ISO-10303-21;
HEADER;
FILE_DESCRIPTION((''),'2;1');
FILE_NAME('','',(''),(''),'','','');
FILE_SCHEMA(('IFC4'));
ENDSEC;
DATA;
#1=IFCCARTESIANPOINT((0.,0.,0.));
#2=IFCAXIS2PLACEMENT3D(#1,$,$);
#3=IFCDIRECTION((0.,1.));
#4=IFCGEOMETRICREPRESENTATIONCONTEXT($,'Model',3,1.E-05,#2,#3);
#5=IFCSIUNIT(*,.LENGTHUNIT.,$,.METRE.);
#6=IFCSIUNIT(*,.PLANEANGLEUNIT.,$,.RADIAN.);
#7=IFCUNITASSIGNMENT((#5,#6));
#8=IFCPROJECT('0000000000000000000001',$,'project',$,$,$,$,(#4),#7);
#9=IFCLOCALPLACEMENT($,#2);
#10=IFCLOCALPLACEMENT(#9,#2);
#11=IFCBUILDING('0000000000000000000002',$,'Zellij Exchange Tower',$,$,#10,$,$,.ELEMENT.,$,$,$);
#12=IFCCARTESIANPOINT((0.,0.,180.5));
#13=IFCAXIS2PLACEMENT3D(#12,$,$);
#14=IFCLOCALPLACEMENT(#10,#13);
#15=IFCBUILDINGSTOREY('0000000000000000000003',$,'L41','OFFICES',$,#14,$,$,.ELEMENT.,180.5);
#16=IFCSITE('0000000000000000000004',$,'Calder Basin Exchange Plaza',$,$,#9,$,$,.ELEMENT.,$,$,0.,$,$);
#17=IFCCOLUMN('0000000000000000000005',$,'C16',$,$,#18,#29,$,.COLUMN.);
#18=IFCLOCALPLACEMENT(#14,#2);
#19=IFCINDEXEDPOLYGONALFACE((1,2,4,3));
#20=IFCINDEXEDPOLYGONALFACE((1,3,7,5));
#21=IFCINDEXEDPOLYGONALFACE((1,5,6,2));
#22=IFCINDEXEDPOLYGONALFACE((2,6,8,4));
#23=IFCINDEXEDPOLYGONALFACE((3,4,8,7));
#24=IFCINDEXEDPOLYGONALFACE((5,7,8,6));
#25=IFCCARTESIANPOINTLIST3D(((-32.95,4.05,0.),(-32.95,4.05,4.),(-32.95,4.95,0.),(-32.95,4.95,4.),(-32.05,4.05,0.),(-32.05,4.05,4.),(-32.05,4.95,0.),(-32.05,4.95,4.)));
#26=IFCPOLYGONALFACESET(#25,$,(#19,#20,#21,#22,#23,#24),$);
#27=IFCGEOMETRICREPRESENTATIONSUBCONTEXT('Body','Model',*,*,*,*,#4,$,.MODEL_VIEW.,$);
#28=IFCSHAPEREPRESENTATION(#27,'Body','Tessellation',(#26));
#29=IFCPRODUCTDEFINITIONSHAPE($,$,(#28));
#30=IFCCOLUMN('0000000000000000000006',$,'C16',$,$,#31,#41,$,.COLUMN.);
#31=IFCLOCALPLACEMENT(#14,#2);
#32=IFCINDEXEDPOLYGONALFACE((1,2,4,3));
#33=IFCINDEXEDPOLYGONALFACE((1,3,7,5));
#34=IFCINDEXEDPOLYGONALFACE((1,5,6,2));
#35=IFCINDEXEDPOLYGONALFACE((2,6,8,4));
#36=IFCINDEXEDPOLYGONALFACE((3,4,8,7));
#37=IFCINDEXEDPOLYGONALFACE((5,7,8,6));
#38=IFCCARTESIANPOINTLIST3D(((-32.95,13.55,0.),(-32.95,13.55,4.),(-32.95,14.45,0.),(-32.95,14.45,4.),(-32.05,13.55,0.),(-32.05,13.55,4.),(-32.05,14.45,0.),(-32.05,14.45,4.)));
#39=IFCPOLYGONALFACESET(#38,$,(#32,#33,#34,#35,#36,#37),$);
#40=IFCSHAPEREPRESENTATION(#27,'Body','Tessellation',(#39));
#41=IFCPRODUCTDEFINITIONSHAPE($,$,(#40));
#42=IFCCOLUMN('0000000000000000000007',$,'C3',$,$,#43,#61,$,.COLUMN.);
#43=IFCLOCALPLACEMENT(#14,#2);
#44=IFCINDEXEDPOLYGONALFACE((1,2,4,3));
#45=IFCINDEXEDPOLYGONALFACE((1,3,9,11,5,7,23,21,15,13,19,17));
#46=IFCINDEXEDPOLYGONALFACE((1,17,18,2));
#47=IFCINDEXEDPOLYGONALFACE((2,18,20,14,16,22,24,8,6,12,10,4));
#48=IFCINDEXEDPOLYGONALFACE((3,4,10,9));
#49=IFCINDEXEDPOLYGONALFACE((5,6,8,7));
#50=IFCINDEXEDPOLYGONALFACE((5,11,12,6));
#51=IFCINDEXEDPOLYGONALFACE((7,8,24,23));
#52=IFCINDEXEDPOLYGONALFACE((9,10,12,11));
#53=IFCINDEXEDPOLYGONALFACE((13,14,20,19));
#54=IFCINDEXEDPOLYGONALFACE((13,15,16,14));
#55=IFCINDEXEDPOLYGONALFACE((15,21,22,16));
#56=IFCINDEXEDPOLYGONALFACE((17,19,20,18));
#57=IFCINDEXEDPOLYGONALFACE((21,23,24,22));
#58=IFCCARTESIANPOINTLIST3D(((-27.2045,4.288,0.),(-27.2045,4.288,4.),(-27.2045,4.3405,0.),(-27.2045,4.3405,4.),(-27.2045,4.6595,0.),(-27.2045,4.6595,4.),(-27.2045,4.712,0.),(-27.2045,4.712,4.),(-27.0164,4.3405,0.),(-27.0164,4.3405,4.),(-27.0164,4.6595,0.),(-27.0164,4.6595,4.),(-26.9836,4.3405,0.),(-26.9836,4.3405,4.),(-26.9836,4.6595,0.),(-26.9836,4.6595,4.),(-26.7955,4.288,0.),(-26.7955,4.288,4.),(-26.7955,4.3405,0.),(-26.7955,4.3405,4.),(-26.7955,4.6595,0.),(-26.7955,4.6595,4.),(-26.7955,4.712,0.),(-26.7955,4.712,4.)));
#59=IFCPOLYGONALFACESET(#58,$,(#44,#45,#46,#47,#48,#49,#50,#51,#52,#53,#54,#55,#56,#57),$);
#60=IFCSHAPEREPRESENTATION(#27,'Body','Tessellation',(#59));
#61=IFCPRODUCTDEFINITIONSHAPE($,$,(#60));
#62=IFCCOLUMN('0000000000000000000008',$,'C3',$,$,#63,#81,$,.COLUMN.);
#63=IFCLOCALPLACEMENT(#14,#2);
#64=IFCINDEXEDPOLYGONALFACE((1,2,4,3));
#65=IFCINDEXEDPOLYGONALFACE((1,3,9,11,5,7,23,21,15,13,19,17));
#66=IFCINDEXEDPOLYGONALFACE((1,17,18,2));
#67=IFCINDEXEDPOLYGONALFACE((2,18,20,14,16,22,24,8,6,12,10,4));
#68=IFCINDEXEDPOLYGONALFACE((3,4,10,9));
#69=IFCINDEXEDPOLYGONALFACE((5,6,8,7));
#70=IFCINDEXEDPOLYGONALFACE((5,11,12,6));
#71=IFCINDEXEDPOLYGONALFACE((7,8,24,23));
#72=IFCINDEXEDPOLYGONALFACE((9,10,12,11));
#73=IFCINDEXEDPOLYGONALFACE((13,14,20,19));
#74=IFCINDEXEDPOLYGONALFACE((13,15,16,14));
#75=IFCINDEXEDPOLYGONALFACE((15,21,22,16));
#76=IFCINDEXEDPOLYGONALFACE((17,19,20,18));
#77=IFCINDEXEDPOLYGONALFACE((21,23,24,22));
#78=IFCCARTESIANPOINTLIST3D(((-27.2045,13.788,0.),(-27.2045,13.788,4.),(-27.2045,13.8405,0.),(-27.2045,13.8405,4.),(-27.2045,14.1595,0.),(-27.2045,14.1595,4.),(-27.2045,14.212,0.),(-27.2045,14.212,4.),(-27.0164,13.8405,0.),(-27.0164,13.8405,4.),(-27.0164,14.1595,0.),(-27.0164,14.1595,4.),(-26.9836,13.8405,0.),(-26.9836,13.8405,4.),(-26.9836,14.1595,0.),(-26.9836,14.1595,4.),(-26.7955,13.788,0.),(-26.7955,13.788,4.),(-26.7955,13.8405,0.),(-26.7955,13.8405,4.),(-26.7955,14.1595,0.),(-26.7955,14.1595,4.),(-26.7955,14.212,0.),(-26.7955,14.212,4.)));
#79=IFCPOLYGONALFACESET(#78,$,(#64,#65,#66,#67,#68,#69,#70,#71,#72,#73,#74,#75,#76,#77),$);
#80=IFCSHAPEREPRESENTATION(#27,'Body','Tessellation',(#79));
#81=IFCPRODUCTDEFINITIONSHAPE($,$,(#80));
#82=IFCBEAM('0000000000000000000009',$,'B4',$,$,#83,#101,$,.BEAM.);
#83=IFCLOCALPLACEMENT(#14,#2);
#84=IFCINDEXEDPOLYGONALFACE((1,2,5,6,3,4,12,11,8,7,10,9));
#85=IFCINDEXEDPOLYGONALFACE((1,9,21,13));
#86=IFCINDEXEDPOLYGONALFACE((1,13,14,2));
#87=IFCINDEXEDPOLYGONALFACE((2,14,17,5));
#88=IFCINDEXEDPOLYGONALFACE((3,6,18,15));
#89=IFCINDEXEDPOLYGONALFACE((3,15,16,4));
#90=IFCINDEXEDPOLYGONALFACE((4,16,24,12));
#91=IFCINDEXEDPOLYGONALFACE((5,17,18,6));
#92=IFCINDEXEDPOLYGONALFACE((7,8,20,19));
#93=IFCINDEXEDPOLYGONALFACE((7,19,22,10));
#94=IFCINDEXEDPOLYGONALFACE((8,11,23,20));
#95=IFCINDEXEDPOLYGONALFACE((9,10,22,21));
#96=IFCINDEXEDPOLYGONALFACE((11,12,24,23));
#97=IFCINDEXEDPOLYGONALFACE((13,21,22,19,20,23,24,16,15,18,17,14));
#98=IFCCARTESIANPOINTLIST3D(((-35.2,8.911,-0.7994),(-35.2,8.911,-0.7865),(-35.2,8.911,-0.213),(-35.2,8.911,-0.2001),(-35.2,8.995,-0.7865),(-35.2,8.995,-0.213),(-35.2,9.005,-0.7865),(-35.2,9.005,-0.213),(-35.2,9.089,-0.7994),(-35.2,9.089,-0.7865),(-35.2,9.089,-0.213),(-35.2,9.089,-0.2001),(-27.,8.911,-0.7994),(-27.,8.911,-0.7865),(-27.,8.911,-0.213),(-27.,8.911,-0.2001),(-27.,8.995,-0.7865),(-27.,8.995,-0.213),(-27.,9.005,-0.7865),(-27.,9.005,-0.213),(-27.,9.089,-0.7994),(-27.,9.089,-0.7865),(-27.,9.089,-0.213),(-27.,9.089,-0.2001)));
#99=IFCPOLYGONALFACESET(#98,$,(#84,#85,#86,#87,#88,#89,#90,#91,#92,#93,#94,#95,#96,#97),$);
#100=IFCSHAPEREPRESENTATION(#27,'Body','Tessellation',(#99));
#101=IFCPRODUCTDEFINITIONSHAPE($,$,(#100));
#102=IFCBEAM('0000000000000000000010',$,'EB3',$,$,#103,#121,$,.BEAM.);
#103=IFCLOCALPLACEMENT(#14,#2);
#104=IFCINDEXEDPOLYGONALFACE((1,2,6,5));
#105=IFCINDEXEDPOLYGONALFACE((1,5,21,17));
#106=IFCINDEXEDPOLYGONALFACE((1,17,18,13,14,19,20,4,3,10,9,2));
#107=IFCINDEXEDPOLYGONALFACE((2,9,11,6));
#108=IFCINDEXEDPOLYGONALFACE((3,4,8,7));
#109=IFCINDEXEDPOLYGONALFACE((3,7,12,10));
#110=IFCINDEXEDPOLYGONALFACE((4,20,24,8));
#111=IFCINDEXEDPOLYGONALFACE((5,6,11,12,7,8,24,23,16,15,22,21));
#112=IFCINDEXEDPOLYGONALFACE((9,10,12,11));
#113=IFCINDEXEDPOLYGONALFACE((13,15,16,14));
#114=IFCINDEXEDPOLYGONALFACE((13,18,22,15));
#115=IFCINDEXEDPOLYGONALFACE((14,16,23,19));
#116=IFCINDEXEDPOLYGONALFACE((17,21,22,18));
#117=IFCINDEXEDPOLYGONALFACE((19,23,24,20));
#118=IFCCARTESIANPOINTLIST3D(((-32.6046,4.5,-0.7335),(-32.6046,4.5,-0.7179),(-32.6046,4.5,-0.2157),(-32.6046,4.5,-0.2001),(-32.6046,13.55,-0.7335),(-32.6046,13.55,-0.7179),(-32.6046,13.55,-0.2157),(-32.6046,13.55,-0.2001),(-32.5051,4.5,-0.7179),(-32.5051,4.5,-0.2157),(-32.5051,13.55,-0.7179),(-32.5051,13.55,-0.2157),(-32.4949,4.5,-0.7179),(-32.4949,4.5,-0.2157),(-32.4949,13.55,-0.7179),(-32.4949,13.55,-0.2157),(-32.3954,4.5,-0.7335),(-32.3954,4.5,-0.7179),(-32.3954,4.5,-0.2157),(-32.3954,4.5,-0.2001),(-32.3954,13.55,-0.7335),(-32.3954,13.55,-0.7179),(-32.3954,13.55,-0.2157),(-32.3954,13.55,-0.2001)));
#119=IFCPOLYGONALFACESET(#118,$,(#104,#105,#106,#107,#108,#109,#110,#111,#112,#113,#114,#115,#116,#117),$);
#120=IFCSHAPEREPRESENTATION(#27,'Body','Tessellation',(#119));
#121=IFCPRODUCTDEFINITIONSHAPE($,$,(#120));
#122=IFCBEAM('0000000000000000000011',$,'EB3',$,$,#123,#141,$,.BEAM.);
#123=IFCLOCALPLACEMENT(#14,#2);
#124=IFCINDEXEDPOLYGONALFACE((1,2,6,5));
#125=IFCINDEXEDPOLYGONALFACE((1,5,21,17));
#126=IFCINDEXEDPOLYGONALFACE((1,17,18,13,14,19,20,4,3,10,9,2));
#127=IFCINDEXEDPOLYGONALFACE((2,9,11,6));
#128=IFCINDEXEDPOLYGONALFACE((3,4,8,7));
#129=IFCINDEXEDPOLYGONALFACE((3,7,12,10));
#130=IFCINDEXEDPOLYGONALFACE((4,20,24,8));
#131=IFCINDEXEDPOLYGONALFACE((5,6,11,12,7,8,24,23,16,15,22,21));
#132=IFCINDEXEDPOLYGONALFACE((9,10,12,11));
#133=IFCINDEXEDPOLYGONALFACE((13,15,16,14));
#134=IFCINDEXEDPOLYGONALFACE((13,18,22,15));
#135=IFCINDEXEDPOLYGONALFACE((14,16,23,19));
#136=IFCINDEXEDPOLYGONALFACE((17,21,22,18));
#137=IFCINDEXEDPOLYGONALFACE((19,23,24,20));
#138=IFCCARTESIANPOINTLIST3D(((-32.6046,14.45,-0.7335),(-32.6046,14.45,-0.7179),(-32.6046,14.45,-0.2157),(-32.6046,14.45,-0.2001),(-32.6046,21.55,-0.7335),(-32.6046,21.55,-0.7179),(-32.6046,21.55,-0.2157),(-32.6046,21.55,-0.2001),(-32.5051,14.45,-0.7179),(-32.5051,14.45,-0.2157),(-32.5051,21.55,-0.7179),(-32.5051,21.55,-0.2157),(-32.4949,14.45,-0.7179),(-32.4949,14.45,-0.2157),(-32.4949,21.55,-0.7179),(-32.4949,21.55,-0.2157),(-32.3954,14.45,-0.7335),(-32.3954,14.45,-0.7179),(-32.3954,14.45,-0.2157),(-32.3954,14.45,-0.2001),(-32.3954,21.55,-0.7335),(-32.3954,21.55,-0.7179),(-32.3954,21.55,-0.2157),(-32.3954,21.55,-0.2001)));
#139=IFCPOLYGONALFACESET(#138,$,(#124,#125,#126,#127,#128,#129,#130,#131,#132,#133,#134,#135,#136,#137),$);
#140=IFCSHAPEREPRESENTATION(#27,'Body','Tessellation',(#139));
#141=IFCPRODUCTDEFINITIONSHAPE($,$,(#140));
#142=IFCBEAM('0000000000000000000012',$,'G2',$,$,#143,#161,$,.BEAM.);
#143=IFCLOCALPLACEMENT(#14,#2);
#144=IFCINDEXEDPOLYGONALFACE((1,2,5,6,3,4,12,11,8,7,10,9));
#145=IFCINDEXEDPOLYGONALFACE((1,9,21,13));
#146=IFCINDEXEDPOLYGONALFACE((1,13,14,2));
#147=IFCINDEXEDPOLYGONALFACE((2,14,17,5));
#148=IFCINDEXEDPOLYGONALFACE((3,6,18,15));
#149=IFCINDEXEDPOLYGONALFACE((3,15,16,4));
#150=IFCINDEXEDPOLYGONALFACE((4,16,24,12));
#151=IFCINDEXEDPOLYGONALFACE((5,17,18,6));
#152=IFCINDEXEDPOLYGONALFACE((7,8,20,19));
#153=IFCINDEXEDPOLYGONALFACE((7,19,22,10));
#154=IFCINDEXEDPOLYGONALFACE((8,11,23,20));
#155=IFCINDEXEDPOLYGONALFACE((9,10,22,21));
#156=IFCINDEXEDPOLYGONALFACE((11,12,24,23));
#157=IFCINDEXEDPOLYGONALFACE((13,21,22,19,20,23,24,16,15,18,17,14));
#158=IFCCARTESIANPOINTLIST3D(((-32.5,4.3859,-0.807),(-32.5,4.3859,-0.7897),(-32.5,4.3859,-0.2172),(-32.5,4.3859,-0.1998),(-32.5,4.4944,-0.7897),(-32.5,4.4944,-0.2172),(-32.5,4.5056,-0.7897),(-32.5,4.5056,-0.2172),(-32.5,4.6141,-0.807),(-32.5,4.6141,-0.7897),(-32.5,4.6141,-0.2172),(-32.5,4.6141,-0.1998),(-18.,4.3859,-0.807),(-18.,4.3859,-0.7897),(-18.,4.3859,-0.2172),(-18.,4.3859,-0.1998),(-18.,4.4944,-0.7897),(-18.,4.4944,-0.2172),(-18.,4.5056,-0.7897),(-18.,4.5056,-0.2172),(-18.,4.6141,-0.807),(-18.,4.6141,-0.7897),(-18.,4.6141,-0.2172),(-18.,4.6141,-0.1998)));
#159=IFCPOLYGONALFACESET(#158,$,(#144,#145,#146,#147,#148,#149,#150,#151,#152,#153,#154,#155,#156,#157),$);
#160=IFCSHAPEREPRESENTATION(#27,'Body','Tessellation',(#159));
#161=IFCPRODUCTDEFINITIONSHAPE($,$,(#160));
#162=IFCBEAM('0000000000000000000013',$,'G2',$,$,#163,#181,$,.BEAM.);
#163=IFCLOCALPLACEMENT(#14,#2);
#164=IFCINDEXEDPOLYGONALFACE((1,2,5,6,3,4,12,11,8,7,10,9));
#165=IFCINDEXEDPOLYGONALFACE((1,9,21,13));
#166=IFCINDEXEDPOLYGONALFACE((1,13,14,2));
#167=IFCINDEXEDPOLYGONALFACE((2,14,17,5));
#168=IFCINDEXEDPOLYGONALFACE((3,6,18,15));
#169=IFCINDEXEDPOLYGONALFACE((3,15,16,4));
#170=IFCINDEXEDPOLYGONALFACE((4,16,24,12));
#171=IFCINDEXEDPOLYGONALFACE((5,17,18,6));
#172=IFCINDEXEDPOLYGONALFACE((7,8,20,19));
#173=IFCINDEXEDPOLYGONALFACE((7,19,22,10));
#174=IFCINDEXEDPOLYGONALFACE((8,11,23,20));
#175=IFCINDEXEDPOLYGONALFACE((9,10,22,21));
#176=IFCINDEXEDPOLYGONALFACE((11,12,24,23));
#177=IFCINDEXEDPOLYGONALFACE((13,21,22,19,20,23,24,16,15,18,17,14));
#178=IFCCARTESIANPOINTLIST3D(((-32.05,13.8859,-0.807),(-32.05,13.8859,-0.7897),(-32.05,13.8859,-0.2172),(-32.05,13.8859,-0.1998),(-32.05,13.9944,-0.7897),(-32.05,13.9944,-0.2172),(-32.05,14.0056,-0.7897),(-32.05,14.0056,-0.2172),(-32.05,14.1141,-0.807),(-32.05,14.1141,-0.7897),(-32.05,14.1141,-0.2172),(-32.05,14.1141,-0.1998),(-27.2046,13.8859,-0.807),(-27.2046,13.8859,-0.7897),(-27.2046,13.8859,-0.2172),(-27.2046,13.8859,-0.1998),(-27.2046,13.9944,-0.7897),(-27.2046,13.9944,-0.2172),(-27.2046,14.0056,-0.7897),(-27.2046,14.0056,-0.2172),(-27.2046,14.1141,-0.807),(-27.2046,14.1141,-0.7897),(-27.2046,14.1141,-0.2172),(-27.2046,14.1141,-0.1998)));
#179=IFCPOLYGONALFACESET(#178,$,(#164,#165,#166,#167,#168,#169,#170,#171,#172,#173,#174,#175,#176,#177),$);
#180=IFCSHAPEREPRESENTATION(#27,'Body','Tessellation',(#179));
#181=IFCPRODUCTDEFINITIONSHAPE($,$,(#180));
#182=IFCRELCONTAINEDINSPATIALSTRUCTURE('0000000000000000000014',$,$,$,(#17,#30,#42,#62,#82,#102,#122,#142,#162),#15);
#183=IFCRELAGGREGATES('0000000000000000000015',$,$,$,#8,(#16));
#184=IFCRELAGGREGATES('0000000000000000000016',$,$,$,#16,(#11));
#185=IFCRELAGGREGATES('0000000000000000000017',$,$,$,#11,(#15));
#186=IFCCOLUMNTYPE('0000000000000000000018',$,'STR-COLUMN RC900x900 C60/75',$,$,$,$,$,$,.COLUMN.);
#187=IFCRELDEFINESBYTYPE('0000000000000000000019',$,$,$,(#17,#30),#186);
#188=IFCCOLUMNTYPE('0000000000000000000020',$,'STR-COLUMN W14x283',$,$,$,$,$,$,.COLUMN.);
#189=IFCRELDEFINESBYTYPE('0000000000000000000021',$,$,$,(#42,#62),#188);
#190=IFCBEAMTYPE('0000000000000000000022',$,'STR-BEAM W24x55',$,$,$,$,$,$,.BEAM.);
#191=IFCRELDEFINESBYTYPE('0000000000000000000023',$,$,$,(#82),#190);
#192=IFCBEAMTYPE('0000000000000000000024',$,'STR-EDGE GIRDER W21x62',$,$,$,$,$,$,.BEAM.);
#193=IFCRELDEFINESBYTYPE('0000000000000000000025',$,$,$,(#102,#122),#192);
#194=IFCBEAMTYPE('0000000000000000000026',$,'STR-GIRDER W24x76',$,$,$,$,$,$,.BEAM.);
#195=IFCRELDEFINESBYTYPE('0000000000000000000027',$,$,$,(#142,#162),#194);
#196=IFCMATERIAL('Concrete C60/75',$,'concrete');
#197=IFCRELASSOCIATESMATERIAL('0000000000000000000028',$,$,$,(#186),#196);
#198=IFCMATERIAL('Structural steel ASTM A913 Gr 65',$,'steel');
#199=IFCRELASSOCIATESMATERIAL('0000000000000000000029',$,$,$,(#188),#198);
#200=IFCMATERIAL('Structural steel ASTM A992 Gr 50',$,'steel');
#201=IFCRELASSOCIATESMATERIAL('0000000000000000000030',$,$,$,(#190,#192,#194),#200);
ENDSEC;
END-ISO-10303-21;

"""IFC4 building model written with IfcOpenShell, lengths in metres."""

from ifc_helpers import new_model, si_unit, direction, frame, origin, origin_2d, place, context, subcontext, project, spatial, rectangle, i_section, extrude, material, material_profile, profile_set, type_object, element, save


model = new_model("IFC4")

# Units and contexts
model_context = context("Model", 3, precision=1e-05, world=origin(), true_north=direction((0.0, 1.0)))
body_context = subcontext(model_context, "Body", "Model", "MODEL_VIEW")
ifc_project = project(units=[si_unit("LENGTHUNIT", "METRE"), si_unit("PLANEANGLEUNIT", "RADIAN")], contexts=[model_context])

# Site, building, storey
site_placement = place(None, origin())
site = spatial("IfcSite", under=ifc_project, at=site_placement, Name="Calder Basin Exchange Plaza", CompositionType="ELEMENT", RefElevation=0.0)
building_placement = place(site_placement, origin())
building = spatial("IfcBuilding", under=site, at=building_placement, Name="Zellij Exchange Tower", CompositionType="ELEMENT")
storey_placement = place(building_placement, frame((0.0, 0.0, 180.5)))
storey = spatial("IfcBuildingStorey", under=building, at=storey_placement, Name="L41", Description="OFFICES", CompositionType="ELEMENT", Elevation=180.5)

# Columns
ifc_material_1 = material(Name="Concrete C60/75", Category="concrete")
ifc_material_profile_1 = material_profile(ifc_material_1, rectangle(XDim=0.8999, YDim=0.8999, at=origin_2d()), Name="STR-COLUMN RC900x900 C60/75")
ifc_profile_set_1 = profile_set([ifc_material_profile_1], Name="Concrete C60/75")
column_type_1 = type_object("IfcColumnType", Name="STR-COLUMN RC900x900 C60/75", PredefinedType="COLUMN", material=ifc_profile_set_1)
for number, where, z_axis, x_axis, name in (
    (1, (-32.5, 4.5, 0.0), (0.0, 0.0, 1.0), (1.0, 0.0, 0.0), "C16"),
    (2, (-32.5, 14.0, 0.0), (0.0, 0.0, 1.0), (1.0, 0.0, 0.0), "C16"),
):
    element("IfcColumn", number, at=place(storey_placement, frame(where, z_axis=z_axis, x_axis=x_axis)), inside=storey, type_object=column_type_1, Name=name, PredefinedType="COLUMN", context=body_context, shape_type="SweptSolid", body=[
        extrude(rectangle(XDim=0.8999, YDim=0.8999, at=origin_2d()), origin(), (0.0, 0.0, 1.0), 4.0),
    ])
ifc_material_2 = material(Name="Structural steel ASTM A913 Gr 65", Category="steel")
ifc_material_profile_2 = material_profile(ifc_material_2, i_section(OverallWidth=0.4089, OverallDepth=0.4241, WebThickness=0.0327, FlangeThickness=0.0525, at=origin_2d()), Name="W14x283")
ifc_profile_set_2 = profile_set([ifc_material_profile_2], Name="Structural steel ASTM A913 Gr 65")
column_type_2 = type_object("IfcColumnType", Name="STR-COLUMN W14x283", PredefinedType="COLUMN", material=ifc_profile_set_2)
for number, where, z_axis, x_axis, name in (
    (3, (-27.0, 4.5, 0.0), (0.0, 0.0, 1.0), (1.0, 0.0, 0.0), "C3"),
    (4, (-27.0, 14.0, 0.0), (0.0, 0.0, 1.0), (1.0, 0.0, 0.0), "C3"),
):
    element("IfcColumn", number, at=place(storey_placement, frame(where, z_axis=z_axis, x_axis=x_axis)), inside=storey, type_object=column_type_2, Name=name, PredefinedType="COLUMN", context=body_context, shape_type="SweptSolid", body=[
        extrude(i_section(OverallWidth=0.4089, OverallDepth=0.4241, WebThickness=0.0327, FlangeThickness=0.0525, at=origin_2d()), origin(), (0.0, 0.0, 1.0), 4.0),
    ])

# Beams
ifc_material_3 = material(Name="Structural steel ASTM A992 Gr 50", Category="steel")
ifc_material_profile_3 = material_profile(ifc_material_3, i_section(OverallWidth=0.178, OverallDepth=0.5994, WebThickness=0.01, FlangeThickness=0.0129, at=origin_2d()), Name="W24x55")
ifc_profile_set_3 = profile_set([ifc_material_profile_3], Name="Structural steel ASTM A992 Gr 50")
beam_type_1 = type_object("IfcBeamType", Name="STR-BEAM W24x55", PredefinedType="BEAM", material=ifc_profile_set_3)
beam_1_placement = place(storey_placement, frame((-35.2, 9.0, -0.4998), z_axis=(1.0, 0.0, 0.0), x_axis=(0.0, 1.0, 0.0)))
element("IfcBeam", 5, at=beam_1_placement, inside=storey, type_object=beam_type_1, Name="B4", PredefinedType="BEAM", context=body_context, shape_type="SweptSolid", body=[
    extrude(i_section(OverallWidth=0.178, OverallDepth=0.5994, WebThickness=0.01, FlangeThickness=0.0129, at=origin_2d()), origin(), (0.0, 0.0, 1.0), 8.2),
])
ifc_material_profile_4 = material_profile(ifc_material_3, i_section(OverallWidth=0.2092, OverallDepth=0.5334, WebThickness=0.0103, FlangeThickness=0.0156, at=origin_2d()), Name="W21x62")
ifc_profile_set_4 = profile_set([ifc_material_profile_4], Name="Structural steel ASTM A992 Gr 50")
beam_type_2 = type_object("IfcBeamType", Name="STR-EDGE GIRDER W21x62", PredefinedType="BEAM", material=ifc_profile_set_4)
beam_2_placement = place(storey_placement, frame((-32.5, 4.5, -0.4668), z_axis=(0.0, 1.0, 0.0), x_axis=(-1.0, 0.0, 0.0)))
element("IfcBeam", 6, at=beam_2_placement, inside=storey, type_object=beam_type_2, Name="EB3", PredefinedType="BEAM", context=body_context, shape_type="SweptSolid", body=[
    extrude(i_section(OverallWidth=0.2092, OverallDepth=0.5334, WebThickness=0.0103, FlangeThickness=0.0156, at=origin_2d()), origin(), (0.0, 0.0, 1.0), 9.05),
])
beam_3_placement = place(storey_placement, frame((-32.5, 14.45, -0.4668), z_axis=(0.0, 1.0, 0.0), x_axis=(-1.0, 0.0, 0.0)))
element("IfcBeam", 7, at=beam_3_placement, inside=storey, type_object=beam_type_2, Name="EB3", PredefinedType="BEAM", context=body_context, shape_type="SweptSolid", body=[
    extrude(i_section(OverallWidth=0.2092, OverallDepth=0.5334, WebThickness=0.0103, FlangeThickness=0.0156, at=origin_2d()), origin(), (0.0, 0.0, 1.0), 7.1001),
])
ifc_material_profile_5 = material_profile(ifc_material_3, i_section(OverallWidth=0.2283, OverallDepth=0.6072, WebThickness=0.0112, FlangeThickness=0.0173, at=origin_2d()), Name="W24x76")
ifc_profile_set_5 = profile_set([ifc_material_profile_5], Name="Structural steel ASTM A992 Gr 50")
beam_type_3 = type_object("IfcBeamType", Name="STR-GIRDER W24x76", PredefinedType="BEAM", material=ifc_profile_set_5)
beam_4_placement = place(storey_placement, frame((-32.5, 4.5, -0.5034), z_axis=(1.0, 0.0, 0.0), x_axis=(0.0, 1.0, 0.0)))
element("IfcBeam", 8, at=beam_4_placement, inside=storey, type_object=beam_type_3, Name="G2", PredefinedType="BEAM", context=body_context, shape_type="SweptSolid", body=[
    extrude(i_section(OverallWidth=0.2283, OverallDepth=0.6072, WebThickness=0.0112, FlangeThickness=0.0173, at=origin_2d()), origin(), (0.0, 0.0, 1.0), 14.5),
])
beam_5_placement = place(storey_placement, frame((-32.05, 14.0, -0.5034), z_axis=(1.0, 0.0, 0.0), x_axis=(0.0, 1.0, 0.0)))
element("IfcBeam", 9, at=beam_5_placement, inside=storey, type_object=beam_type_3, Name="G2", PredefinedType="BEAM", context=body_context, shape_type="SweptSolid", body=[
    extrude(i_section(OverallWidth=0.2283, OverallDepth=0.6072, WebThickness=0.0112, FlangeThickness=0.0173, at=origin_2d()), origin(), (0.0, 0.0, 1.0), 4.8455),
])

save(model, "model.ifc")
